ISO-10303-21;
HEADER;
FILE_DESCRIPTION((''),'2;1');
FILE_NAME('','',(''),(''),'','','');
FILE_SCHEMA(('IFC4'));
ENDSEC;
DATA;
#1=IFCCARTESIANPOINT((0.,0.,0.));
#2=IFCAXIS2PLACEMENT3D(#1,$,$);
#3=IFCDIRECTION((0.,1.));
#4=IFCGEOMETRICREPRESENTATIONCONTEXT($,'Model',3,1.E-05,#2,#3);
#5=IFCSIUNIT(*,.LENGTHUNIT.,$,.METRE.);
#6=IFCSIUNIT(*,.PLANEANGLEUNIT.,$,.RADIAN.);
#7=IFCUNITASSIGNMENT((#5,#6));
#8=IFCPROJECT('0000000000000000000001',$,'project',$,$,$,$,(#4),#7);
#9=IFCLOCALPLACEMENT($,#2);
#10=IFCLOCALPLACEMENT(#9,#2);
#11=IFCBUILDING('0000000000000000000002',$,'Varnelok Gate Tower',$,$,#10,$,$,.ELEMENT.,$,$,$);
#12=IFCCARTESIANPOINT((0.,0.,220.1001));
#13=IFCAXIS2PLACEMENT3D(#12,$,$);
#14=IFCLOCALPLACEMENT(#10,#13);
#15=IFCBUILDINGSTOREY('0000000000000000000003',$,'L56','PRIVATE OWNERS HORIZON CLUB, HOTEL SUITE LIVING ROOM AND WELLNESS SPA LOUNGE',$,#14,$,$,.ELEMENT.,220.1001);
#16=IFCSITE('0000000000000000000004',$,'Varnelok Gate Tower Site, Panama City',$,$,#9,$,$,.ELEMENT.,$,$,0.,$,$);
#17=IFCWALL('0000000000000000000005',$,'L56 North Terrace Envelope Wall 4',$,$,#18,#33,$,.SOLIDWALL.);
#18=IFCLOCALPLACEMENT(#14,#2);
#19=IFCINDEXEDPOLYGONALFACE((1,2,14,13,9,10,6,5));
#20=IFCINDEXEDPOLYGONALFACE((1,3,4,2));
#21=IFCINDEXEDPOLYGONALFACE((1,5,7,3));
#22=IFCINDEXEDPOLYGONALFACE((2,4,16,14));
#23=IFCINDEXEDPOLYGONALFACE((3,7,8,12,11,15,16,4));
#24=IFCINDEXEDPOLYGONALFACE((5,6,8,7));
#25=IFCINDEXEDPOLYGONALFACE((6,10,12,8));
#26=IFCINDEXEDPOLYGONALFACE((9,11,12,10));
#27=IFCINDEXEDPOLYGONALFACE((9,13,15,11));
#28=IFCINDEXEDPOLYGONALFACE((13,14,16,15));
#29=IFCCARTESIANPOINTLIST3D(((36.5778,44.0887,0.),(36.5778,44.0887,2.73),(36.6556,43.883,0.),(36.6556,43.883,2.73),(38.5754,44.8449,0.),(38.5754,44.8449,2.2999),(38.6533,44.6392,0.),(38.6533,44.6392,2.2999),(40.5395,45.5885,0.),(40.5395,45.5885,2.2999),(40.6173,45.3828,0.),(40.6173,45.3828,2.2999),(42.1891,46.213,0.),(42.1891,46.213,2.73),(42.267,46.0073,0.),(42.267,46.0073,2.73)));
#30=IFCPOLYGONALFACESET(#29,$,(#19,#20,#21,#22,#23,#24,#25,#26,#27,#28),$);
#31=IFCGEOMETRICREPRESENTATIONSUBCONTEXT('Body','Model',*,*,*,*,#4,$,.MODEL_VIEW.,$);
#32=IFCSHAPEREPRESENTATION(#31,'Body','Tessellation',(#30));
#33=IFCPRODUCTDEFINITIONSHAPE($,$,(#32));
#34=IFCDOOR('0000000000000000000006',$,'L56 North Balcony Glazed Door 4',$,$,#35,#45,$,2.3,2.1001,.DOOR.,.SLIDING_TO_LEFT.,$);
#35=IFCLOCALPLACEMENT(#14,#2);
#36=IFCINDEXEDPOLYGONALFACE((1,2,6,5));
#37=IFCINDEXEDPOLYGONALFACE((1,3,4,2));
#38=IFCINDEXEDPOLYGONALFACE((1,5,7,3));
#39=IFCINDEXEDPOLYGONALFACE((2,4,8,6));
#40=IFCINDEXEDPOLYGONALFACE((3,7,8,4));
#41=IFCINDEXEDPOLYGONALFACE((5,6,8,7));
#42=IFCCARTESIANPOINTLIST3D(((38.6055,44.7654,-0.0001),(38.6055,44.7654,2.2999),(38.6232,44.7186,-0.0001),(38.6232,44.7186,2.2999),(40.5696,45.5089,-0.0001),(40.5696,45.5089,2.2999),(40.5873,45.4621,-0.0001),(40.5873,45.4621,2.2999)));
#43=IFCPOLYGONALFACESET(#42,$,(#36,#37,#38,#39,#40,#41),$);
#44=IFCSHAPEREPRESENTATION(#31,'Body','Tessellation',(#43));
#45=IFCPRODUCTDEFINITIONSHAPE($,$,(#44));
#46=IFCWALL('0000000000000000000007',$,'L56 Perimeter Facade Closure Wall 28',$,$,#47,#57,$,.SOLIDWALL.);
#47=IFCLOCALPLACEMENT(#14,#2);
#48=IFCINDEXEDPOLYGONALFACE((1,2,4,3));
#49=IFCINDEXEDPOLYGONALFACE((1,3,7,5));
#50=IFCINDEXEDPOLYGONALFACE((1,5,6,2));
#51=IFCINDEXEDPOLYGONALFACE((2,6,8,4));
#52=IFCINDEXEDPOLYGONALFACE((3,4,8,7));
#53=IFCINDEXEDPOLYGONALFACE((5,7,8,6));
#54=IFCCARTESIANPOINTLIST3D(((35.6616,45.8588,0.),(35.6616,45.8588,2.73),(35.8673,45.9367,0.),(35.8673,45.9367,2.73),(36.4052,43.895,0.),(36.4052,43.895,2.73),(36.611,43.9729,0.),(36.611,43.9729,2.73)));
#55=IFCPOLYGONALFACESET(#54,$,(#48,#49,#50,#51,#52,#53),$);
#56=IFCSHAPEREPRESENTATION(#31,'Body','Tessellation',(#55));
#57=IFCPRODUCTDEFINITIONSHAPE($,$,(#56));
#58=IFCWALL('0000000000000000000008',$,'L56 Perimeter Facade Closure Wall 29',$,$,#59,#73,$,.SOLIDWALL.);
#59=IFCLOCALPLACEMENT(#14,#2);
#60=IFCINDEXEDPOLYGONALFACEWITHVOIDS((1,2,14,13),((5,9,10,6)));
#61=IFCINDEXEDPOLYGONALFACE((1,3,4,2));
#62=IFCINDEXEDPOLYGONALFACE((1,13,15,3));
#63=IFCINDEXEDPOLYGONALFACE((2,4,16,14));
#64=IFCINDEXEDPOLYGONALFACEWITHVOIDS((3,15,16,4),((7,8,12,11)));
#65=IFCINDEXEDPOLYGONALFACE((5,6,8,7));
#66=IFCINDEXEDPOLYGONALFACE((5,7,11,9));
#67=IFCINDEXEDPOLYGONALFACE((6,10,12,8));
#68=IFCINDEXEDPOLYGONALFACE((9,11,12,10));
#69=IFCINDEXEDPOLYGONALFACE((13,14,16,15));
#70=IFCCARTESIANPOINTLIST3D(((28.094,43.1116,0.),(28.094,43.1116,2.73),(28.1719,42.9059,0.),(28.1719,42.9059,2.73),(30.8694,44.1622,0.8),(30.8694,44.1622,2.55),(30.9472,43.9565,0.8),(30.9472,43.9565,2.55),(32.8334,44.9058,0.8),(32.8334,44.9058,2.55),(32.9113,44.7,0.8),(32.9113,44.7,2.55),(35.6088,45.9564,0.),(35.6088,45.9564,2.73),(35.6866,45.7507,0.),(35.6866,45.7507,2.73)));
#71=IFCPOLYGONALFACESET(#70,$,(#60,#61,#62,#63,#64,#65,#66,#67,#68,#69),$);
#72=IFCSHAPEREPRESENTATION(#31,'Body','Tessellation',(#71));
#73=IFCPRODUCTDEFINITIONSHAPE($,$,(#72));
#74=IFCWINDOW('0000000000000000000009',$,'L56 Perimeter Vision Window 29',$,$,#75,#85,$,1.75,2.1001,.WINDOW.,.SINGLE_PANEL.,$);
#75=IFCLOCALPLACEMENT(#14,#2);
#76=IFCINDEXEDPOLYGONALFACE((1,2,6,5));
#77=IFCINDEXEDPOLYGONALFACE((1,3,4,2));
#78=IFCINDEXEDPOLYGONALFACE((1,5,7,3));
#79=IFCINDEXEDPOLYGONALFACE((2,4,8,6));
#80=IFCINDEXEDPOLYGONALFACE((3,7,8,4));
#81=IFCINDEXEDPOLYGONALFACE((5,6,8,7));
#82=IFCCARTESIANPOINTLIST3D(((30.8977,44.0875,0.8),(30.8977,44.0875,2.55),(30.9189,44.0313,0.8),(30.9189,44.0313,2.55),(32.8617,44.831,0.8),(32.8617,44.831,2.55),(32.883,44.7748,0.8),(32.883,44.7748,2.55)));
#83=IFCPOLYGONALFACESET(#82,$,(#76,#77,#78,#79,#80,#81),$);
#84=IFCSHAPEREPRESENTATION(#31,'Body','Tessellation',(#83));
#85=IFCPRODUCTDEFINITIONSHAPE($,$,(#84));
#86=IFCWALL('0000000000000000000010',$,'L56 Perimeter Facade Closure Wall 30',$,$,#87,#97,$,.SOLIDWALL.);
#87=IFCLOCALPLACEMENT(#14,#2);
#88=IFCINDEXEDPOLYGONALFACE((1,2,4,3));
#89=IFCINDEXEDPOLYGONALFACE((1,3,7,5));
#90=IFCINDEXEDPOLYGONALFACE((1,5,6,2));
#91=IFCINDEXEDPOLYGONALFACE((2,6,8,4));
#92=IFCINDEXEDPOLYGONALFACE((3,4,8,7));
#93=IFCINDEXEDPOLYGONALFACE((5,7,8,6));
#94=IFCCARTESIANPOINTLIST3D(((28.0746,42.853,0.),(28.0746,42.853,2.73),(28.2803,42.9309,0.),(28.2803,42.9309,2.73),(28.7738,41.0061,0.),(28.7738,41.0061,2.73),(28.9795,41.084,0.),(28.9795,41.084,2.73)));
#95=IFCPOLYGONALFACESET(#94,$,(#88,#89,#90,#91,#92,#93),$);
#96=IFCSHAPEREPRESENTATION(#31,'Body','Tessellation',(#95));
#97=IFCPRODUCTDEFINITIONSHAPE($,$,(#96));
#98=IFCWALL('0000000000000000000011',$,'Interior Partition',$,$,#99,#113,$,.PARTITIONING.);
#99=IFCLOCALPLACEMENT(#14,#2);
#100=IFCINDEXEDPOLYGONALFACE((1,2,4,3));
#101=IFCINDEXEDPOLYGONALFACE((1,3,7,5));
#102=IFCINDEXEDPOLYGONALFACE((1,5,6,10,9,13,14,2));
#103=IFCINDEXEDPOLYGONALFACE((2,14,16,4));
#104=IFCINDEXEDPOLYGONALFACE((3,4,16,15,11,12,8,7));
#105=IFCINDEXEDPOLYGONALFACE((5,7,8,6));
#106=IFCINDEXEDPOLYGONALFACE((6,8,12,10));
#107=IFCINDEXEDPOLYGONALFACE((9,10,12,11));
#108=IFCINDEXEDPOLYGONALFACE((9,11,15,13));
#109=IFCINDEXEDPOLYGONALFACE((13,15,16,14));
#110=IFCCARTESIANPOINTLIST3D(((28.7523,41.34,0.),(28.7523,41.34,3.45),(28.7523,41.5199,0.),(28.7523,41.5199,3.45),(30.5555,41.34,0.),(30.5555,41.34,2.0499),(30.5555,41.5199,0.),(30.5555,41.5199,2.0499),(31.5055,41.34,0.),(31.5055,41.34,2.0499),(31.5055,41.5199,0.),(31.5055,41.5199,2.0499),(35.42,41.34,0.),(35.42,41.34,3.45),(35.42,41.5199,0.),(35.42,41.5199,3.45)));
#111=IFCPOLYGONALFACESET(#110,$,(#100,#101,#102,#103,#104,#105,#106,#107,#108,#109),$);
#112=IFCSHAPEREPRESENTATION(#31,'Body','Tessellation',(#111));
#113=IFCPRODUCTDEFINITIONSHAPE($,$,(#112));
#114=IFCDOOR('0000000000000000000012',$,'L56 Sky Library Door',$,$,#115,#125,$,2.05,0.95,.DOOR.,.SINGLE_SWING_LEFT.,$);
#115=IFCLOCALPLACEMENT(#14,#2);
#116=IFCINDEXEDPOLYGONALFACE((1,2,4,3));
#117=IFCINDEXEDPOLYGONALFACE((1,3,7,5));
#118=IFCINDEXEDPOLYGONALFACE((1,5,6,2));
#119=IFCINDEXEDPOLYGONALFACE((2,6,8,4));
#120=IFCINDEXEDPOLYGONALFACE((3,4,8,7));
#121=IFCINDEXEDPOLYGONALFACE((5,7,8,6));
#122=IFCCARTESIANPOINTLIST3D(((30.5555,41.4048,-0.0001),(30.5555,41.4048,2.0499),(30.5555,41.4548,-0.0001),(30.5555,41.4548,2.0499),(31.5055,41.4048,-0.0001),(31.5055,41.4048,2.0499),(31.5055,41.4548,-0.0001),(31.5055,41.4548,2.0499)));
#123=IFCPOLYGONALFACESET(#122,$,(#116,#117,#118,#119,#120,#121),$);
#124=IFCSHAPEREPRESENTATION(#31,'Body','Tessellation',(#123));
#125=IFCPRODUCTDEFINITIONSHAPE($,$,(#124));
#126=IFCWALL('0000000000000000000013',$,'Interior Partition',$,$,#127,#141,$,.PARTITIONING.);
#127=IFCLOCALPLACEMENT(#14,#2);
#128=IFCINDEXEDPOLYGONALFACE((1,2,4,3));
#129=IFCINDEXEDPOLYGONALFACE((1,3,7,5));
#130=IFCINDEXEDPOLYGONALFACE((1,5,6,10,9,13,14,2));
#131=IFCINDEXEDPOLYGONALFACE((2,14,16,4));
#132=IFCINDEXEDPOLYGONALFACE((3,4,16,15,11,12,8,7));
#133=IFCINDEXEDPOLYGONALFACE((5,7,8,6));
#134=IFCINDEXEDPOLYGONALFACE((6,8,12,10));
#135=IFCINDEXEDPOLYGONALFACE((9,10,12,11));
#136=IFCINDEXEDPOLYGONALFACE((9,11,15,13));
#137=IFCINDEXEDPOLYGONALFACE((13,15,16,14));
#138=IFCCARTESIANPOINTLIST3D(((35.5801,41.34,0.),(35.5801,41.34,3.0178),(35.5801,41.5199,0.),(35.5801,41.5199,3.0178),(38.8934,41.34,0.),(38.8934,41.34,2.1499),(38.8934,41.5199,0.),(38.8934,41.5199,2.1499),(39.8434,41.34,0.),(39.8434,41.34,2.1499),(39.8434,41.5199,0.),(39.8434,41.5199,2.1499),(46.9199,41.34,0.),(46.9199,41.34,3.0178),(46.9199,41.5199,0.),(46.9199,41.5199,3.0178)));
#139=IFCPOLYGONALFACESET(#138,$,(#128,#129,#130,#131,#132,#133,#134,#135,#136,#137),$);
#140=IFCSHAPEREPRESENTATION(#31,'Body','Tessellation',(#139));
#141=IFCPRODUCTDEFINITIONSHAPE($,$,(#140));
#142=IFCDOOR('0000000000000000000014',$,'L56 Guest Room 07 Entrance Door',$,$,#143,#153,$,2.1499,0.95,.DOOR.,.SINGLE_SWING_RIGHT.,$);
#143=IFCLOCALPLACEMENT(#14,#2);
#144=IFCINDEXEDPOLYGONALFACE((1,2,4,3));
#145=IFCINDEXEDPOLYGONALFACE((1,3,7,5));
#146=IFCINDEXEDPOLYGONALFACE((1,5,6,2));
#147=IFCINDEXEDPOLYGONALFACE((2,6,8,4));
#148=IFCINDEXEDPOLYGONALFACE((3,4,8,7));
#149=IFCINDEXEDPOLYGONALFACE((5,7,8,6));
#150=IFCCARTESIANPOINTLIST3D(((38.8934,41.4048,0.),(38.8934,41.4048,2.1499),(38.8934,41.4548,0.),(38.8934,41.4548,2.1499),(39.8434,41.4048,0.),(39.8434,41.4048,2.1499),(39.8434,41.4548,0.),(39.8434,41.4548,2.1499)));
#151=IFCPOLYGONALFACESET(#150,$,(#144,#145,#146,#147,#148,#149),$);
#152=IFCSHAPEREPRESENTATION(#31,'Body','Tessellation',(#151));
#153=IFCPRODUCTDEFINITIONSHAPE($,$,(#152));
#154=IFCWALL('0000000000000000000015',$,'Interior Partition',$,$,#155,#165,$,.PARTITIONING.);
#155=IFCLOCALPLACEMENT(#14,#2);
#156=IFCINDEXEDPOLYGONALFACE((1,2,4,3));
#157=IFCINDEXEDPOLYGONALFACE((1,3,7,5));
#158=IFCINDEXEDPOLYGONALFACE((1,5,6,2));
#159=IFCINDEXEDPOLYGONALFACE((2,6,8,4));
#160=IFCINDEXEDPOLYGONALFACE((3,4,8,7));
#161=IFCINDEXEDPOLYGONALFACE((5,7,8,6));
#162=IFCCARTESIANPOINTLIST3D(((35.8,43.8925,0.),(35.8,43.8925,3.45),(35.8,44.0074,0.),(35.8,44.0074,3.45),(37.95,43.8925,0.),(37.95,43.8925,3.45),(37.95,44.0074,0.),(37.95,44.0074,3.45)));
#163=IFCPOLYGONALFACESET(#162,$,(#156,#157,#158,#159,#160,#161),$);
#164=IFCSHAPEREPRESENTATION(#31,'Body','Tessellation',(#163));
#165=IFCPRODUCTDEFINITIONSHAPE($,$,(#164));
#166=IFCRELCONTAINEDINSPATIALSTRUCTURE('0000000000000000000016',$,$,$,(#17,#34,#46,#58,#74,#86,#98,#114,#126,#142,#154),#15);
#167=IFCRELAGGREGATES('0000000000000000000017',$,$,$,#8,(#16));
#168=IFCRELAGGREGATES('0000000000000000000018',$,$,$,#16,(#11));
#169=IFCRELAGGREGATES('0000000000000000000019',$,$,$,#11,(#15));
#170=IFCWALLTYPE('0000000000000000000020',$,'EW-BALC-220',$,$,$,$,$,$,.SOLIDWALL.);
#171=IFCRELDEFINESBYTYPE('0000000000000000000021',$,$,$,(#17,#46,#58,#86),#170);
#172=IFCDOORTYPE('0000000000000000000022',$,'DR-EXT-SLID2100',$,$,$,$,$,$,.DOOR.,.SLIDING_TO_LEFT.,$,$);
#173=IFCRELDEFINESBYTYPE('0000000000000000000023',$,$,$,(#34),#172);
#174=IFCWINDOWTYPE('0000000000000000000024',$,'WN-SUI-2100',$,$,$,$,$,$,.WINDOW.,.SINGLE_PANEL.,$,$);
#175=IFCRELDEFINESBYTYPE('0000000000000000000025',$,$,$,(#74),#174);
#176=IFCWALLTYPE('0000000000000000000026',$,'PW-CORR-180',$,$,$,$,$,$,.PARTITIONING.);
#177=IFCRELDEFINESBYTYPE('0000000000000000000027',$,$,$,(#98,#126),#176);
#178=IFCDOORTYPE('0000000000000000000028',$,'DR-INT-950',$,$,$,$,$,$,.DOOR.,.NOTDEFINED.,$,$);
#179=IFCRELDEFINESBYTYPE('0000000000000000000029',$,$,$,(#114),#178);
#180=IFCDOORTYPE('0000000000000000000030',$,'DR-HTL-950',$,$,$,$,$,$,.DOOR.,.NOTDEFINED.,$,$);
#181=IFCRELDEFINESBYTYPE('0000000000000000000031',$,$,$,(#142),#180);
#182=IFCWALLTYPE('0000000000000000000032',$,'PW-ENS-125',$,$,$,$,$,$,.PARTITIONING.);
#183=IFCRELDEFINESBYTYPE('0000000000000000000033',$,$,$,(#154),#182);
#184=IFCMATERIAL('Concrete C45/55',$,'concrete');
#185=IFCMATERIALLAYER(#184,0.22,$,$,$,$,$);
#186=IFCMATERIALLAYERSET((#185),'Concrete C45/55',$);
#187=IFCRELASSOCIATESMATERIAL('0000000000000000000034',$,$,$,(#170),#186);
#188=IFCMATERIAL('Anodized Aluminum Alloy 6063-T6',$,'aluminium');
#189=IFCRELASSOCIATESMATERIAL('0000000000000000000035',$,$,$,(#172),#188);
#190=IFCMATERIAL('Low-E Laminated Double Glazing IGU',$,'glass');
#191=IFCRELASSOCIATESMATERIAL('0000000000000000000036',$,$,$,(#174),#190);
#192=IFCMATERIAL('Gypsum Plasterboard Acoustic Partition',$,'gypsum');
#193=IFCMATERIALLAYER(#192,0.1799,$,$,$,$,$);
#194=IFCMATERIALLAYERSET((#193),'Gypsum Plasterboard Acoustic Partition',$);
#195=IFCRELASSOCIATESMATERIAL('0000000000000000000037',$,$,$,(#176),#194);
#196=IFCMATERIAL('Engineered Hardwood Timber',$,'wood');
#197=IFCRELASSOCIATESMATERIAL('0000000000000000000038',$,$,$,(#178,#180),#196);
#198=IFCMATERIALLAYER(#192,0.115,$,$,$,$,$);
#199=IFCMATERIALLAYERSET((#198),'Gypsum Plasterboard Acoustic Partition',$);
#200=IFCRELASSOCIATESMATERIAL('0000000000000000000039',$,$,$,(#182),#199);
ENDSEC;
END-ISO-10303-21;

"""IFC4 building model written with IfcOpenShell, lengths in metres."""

from ifc_helpers import new_model, si_unit, direction, frame, frame_2d, origin, place, context, subcontext, project, spatial, rectangle, extrude, material, layer, layer_set, type_object, element, fill, save


model = new_model("IFC4")

# Units and contexts
model_context = context("Model", 3, precision=1e-05, world=origin(), true_north=direction((0.0, 1.0)))
body_context = subcontext(model_context, "Body", "Model", "MODEL_VIEW")
ifc_project = project(units=[si_unit("LENGTHUNIT", "METRE"), si_unit("PLANEANGLEUNIT", "RADIAN")], contexts=[model_context])

# Site, building, storey
site_placement = place(None, origin())
site = spatial("IfcSite", under=ifc_project, at=site_placement, Name="Varnelok Gate Tower Site, Panama City", CompositionType="ELEMENT", RefElevation=0.0)
building_placement = place(site_placement, origin())
building = spatial("IfcBuilding", under=site, at=building_placement, Name="Varnelok Gate Tower", CompositionType="ELEMENT")
storey_placement = place(building_placement, frame((0.0, 0.0, 220.1001)))
storey = spatial("IfcBuildingStorey", under=building, at=storey_placement, Name="L56", Description="PRIVATE OWNERS HORIZON CLUB, HOTEL SUITE LIVING ROOM AND WELLNESS SPA LOUNGE", CompositionType="ELEMENT", Elevation=220.1001)

# Wall, opening, door
ifc_material_1 = material(Name="Concrete C45/55", Category="concrete")
ifc_layer_1 = layer(ifc_material_1, 0.22)
ifc_layer_set_1 = layer_set([ifc_layer_1], Name="Concrete C45/55")
wall_type_1 = type_object("IfcWallType", Name="EW-BALC-220", PredefinedType="SOLIDWALL", material=ifc_layer_set_1)
wall_1_placement = place(storey_placement, frame((36.6167, 43.9858, 0.0), z_axis=(0.0, 0.0, 1.0), x_axis=(0.935228, 0.354047, 0.0)))
wall_1 = element("IfcWall", 1, at=wall_1_placement, inside=storey, type_object=wall_type_1, Name="L56 North Terrace Envelope Wall 4", PredefinedType="SOLIDWALL", context=body_context, shape_type="SweptSolid", body=[
    extrude(rectangle(XDim=6.0, YDim=0.22, at=frame_2d((3.0, 0.0))), origin(), (0.0, 0.0, 1.0), 2.73),
])
opening_1_placement = place(wall_1_placement, frame((2.136, 0.0, 0.0)))
opening_1 = element("IfcOpeningElement", 2, at=opening_1_placement, cuts=wall_1, PredefinedType="OPENING", context=body_context, shape_type="SweptSolid", body=[
    extrude(rectangle(XDim=2.1001, YDim=2.3, at=frame_2d((1.05, 1.1499))), frame((0.0, 0.1199, 0.0), z_axis=(0.0, -1.0, 0.0), x_axis=(1.0, 0.0, 0.0)), (0.0, 0.0, 1.0), 0.24),
])
ifc_material_2 = material(Name="Anodized Aluminum Alloy 6063-T6", Category="aluminium")
door_type_1 = type_object("IfcDoorType", Name="DR-EXT-SLID2100", OperationType="SLIDING_TO_LEFT", PredefinedType="DOOR", material=ifc_material_2)
door_1_placement = place(opening_1_placement, origin())
door_1 = element("IfcDoor", 3, at=door_1_placement, inside=storey, type_object=door_type_1, Name="L56 North Balcony Glazed Door 4", OperationType="SLIDING_TO_LEFT", OverallHeight=2.3, OverallWidth=2.1001, PredefinedType="DOOR", context=body_context, shape_type="SweptSolid", body=[
    extrude(rectangle(XDim=2.1001, YDim=2.3, at=frame_2d((1.05, 1.1499))), frame((0.0, 0.0249, 0.0), z_axis=(0.0, -1.0, 0.0), x_axis=(1.0, 0.0, 0.0)), (0.0, 0.0, 1.0), 0.05),
])
fill(opening_1, door_1)

# Wall
wall_2_placement = place(storey_placement, frame((36.5081, 43.9341, 0.0), z_axis=(0.0, 0.0, 1.0), x_axis=(-0.354128, 0.935197, 0.0)))
element("IfcWall", 4, at=wall_2_placement, inside=storey, type_object=wall_type_1, Name="L56 Perimeter Facade Closure Wall 28", PredefinedType="SOLIDWALL", context=body_context, shape_type="SweptSolid", body=[
    extrude(rectangle(XDim=2.0999, YDim=0.22, at=frame_2d((1.0498, 0.0))), origin(), (0.0, 0.0, 1.0), 2.73),
])

# Wall, opening, window
wall_3_placement = place(storey_placement, frame((35.6477, 45.8535, 0.0), z_axis=(0.0, 0.0, 1.0), x_axis=(-0.935231, -0.354039, 0.0)))
wall_3 = element("IfcWall", 5, at=wall_3_placement, inside=storey, type_object=wall_type_1, Name="L56 Perimeter Facade Closure Wall 29", PredefinedType="SOLIDWALL", context=body_context, shape_type="SweptSolid", body=[
    extrude(rectangle(XDim=8.0352, YDim=0.22, at=frame_2d((4.0176, 0.0))), origin(), (0.0, 0.0, 1.0), 2.73),
])
opening_2_placement = place(wall_3_placement, frame((2.9675, 0.0, 0.8)))
opening_2 = element("IfcOpeningElement", 6, at=opening_2_placement, cuts=wall_3, PredefinedType="OPENING", context=body_context, shape_type="SweptSolid", body=[
    extrude(rectangle(XDim=2.1001, YDim=1.75, at=frame_2d((1.05, 0.875))), frame((0.0, 0.1199, 0.0), z_axis=(0.0, -1.0, 0.0), x_axis=(1.0, 0.0, 0.0)), (0.0, 0.0, 1.0), 0.24),
])
ifc_material_3 = material(Name="Low-E Laminated Double Glazing IGU", Category="glass")
window_type = type_object("IfcWindowType", Name="WN-SUI-2100", PartitioningType="SINGLE_PANEL", PredefinedType="WINDOW", material=ifc_material_3)
window_placement = place(opening_2_placement, origin())
window = element("IfcWindow", 7, at=window_placement, inside=storey, type_object=window_type, Name="L56 Perimeter Vision Window 29", OverallHeight=1.75, OverallWidth=2.1001, PartitioningType="SINGLE_PANEL", PredefinedType="WINDOW", context=body_context, shape_type="SweptSolid", body=[
    extrude(rectangle(XDim=2.1001, YDim=1.75, at=frame_2d((1.05, 0.875))), frame((0.0, 0.03, 0.0), z_axis=(0.0, -1.0, 0.0), x_axis=(1.0, 0.0, 0.0)), (0.0, 0.0, 1.0), 0.0601),
])
fill(opening_2, window)

# Wall
wall_4_placement = place(storey_placement, frame((28.1775, 42.8918, 0.0), z_axis=(0.0, 0.0, 1.0), x_axis=(0.354062, -0.935222, 0.0)))
element("IfcWall", 8, at=wall_4_placement, inside=storey, type_object=wall_type_1, Name="L56 Perimeter Facade Closure Wall 30", PredefinedType="SOLIDWALL", context=body_context, shape_type="SweptSolid", body=[
    extrude(rectangle(XDim=1.9749, YDim=0.22, at=frame_2d((0.9873, 0.0))), origin(), (0.0, 0.0, 1.0), 2.73),
])

# Walls, openings, doors
ifc_material_4 = material(Name="Gypsum Plasterboard Acoustic Partition", Category="gypsum")
ifc_layer_2 = layer(ifc_material_4, 0.1799)
ifc_layer_set_2 = layer_set([ifc_layer_2], Name="Gypsum Plasterboard Acoustic Partition")
wall_type_2 = type_object("IfcWallType", Name="PW-CORR-180", PredefinedType="PARTITIONING", material=ifc_layer_set_2)
wall_5_placement = place(storey_placement, frame((28.7522, 41.4299, 0.0), z_axis=(0.0, 0.0, 1.0), x_axis=(1.0, 0.0, 0.0)))
wall_5 = element("IfcWall", 9, at=wall_5_placement, inside=storey, type_object=wall_type_2, Name="Interior Partition", PredefinedType="PARTITIONING", context=body_context, shape_type="SweptSolid", body=[
    extrude(rectangle(XDim=6.6677, YDim=0.1799, at=frame_2d((3.334, 0.0))), origin(), (0.0, 0.0, 1.0), 3.45),
])
opening_3_placement = place(wall_5_placement, frame((1.8032, 0.0, 0.0)))
opening_3 = element("IfcOpeningElement", 10, at=opening_3_placement, cuts=wall_5, PredefinedType="OPENING", context=body_context, shape_type="SweptSolid", body=[
    extrude(rectangle(XDim=0.95, YDim=2.05, at=frame_2d((0.4751, 1.0249))), frame((0.0, 0.0999, 0.0), z_axis=(0.0, -1.0, 0.0), x_axis=(1.0, 0.0, 0.0)), (0.0, 0.0, 1.0), 0.2),
])
ifc_material_5 = material(Name="Engineered Hardwood Timber", Category="wood")
door_type_2 = type_object("IfcDoorType", Name="DR-INT-950", OperationType="NOTDEFINED", PredefinedType="DOOR", material=ifc_material_5)
door_2_placement = place(opening_3_placement, origin())
door_2 = element("IfcDoor", 11, at=door_2_placement, inside=storey, type_object=door_type_2, Name="L56 Sky Library Door", OperationType="SINGLE_SWING_LEFT", OverallHeight=2.05, OverallWidth=0.95, PredefinedType="DOOR", context=body_context, shape_type="SweptSolid", body=[
    extrude(rectangle(XDim=0.95, YDim=2.05, at=frame_2d((0.4751, 1.0249))), frame((0.0, 0.0249, 0.0), z_axis=(0.0, -1.0, 0.0), x_axis=(1.0, 0.0, 0.0)), (0.0, 0.0, 1.0), 0.05),
])
fill(opening_3, door_2)
wall_6_placement = place(storey_placement, frame((35.5801, 41.4299, 0.0), z_axis=(0.0, 0.0, 1.0), x_axis=(1.0, 0.0, 0.0)))
wall_6 = element("IfcWall", 12, at=wall_6_placement, inside=storey, type_object=wall_type_2, Name="Interior Partition", PredefinedType="PARTITIONING", context=body_context, shape_type="SweptSolid", body=[
    extrude(rectangle(XDim=11.3398, YDim=0.1799, at=frame_2d((5.6699, 0.0))), origin(), (0.0, 0.0, 1.0), 3.0178),
])
opening_4_placement = place(wall_6_placement, frame((3.3132, 0.0, 0.0)))
opening_4 = element("IfcOpeningElement", 13, at=opening_4_placement, cuts=wall_6, PredefinedType="OPENING", context=body_context, shape_type="SweptSolid", body=[
    extrude(rectangle(XDim=0.95, YDim=2.1499, at=frame_2d((0.4751, 1.075))), frame((0.0, 0.0999, 0.0), z_axis=(0.0, -1.0, 0.0), x_axis=(1.0, 0.0, 0.0)), (0.0, 0.0, 1.0), 0.2),
])
door_type_3 = type_object("IfcDoorType", Name="DR-HTL-950", OperationType="NOTDEFINED", PredefinedType="DOOR", material=ifc_material_5)
door_3_placement = place(opening_4_placement, origin())
door_3 = element("IfcDoor", 14, at=door_3_placement, inside=storey, type_object=door_type_3, Name="L56 Guest Room 07 Entrance Door", OperationType="SINGLE_SWING_RIGHT", OverallHeight=2.1499, OverallWidth=0.95, PredefinedType="DOOR", context=body_context, shape_type="SweptSolid", body=[
    extrude(rectangle(XDim=0.95, YDim=2.1499, at=frame_2d((0.4751, 1.075))), frame((0.0, 0.0249, 0.0), z_axis=(0.0, -1.0, 0.0), x_axis=(1.0, 0.0, 0.0)), (0.0, 0.0, 1.0), 0.05),
])
fill(opening_4, door_3)

# Wall
ifc_layer_3 = layer(ifc_material_4, 0.115)
ifc_layer_set_3 = layer_set([ifc_layer_3], Name="Gypsum Plasterboard Acoustic Partition")
wall_type_3 = type_object("IfcWallType", Name="PW-ENS-125", PredefinedType="PARTITIONING", material=ifc_layer_set_3)
wall_7_placement = place(storey_placement, frame((35.8, 43.95, 0.0), z_axis=(0.0, 0.0, 1.0), x_axis=(1.0, 0.0, 0.0)))
element("IfcWall", 15, at=wall_7_placement, inside=storey, type_object=wall_type_3, Name="Interior Partition", PredefinedType="PARTITIONING", context=body_context, shape_type="SweptSolid", body=[
    extrude(rectangle(XDim=2.1499, YDim=0.115, at=frame_2d((1.075, 0.0))), origin(), (0.0, 0.0, 1.0), 3.45),
])

save(model, "model.ifc")
